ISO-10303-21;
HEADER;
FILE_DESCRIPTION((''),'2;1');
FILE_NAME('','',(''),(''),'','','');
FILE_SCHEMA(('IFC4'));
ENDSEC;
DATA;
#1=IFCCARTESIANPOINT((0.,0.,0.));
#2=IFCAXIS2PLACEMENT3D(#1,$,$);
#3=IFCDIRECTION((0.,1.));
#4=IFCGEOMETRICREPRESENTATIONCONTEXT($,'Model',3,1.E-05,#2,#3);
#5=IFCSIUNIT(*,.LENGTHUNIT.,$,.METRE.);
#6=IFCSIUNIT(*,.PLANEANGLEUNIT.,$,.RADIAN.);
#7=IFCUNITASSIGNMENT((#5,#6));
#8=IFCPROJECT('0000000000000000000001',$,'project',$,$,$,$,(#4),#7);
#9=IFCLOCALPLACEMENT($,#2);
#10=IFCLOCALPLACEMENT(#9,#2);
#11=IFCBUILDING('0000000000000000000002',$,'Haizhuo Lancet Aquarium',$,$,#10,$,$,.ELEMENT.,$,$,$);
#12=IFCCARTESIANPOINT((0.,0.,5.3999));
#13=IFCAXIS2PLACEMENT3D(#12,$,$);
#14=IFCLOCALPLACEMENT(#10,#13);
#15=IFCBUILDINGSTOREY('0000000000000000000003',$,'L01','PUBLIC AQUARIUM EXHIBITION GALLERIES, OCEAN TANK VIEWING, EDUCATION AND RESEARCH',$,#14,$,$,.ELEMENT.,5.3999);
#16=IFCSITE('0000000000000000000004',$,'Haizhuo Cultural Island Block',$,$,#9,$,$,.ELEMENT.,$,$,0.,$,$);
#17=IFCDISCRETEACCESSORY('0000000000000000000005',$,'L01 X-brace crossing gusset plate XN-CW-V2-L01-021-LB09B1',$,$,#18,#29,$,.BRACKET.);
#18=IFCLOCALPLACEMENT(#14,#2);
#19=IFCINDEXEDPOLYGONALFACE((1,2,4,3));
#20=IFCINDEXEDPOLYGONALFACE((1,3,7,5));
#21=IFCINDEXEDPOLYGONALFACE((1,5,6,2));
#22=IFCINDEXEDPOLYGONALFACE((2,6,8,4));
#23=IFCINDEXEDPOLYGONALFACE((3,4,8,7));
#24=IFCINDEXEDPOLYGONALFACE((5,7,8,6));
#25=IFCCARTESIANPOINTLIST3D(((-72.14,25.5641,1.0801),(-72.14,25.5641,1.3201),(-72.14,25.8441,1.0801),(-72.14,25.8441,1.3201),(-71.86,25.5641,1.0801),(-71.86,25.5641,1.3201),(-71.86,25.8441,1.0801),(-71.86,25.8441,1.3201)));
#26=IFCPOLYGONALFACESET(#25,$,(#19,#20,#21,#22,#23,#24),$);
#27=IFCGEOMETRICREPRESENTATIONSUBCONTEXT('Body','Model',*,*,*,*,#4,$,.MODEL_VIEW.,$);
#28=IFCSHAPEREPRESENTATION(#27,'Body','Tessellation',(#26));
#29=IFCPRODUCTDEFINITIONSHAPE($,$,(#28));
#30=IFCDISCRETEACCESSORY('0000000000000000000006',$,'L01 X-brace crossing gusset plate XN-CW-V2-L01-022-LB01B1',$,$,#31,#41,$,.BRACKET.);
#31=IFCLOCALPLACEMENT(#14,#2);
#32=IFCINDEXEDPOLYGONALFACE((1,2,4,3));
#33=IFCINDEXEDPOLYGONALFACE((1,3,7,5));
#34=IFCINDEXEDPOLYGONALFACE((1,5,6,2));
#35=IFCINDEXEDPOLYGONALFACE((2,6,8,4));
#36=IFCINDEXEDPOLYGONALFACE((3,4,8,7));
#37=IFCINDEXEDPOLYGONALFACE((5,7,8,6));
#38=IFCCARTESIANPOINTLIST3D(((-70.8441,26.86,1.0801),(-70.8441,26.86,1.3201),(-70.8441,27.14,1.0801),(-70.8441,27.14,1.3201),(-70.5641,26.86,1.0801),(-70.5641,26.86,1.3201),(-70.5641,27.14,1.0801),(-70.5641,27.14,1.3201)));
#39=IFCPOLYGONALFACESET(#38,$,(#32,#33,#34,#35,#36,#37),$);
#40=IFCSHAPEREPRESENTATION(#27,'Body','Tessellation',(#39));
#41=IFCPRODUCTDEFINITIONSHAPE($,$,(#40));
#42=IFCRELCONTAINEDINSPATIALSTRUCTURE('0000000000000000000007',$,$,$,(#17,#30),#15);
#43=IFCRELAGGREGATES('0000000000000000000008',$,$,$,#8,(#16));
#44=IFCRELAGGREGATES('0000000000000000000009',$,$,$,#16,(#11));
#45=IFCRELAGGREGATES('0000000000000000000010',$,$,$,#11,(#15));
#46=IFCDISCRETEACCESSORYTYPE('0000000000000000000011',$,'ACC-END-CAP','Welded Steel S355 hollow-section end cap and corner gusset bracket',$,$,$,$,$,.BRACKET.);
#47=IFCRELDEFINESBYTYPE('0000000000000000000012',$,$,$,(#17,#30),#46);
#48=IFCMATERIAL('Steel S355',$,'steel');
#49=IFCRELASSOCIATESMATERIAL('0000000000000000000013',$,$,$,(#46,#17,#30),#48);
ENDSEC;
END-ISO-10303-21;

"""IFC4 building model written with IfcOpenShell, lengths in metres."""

from ifc_helpers import new_model, si_unit, direction, frame, origin, origin_2d, place, context, subcontext, project, spatial, rectangle, extrude, material, type_object, element, save


model = new_model("IFC4")

# Units and contexts
model_context = context("Model", 3, precision=1e-05, world=origin(), true_north=direction((0.0, 1.0)))
body_context = subcontext(model_context, "Body", "Model", "MODEL_VIEW")
ifc_project = project(units=[si_unit("LENGTHUNIT", "METRE"), si_unit("PLANEANGLEUNIT", "RADIAN")], contexts=[model_context])

# Site, building, storey
site_placement = place(None, origin())
site = spatial("IfcSite", under=ifc_project, at=site_placement, Name="Haizhuo Cultural Island Block", CompositionType="ELEMENT", RefElevation=0.0)
building_placement = place(site_placement, origin())
building = spatial("IfcBuilding", under=site, at=building_placement, Name="Haizhuo Lancet Aquarium", CompositionType="ELEMENT")
storey_placement = place(building_placement, frame((0.0, 0.0, 5.3999)))
storey = spatial("IfcBuildingStorey", under=building, at=storey_placement, Name="L01", Description="PUBLIC AQUARIUM EXHIBITION GALLERIES, OCEAN TANK VIEWING, EDUCATION AND RESEARCH", CompositionType="ELEMENT", Elevation=5.3999)

# Shared definitions
ifc_material_1 = material(Name="Steel S355", Category="steel")

# Discrete accessories
discrete_accessory_type = type_object("IfcDiscreteAccessoryType", Name="ACC-END-CAP", Description="Welded Steel S355 hollow-section end cap and corner gusset bracket", PredefinedType="BRACKET", material=ifc_material_1)
for number, where, z_axis, x_axis, name in (
    (1, (-72.0, 25.7041, 1.0801), (0.0, 0.0, 1.0), (1.0, 0.0, 0.0), "L01 X-brace crossing gusset plate XN-CW-V2-L01-021-LB09B1"),
    (2, (-70.7041, 27.0, 1.0801), (0.0, 0.0, 1.0), (1.0, 0.0, 0.0), "L01 X-brace crossing gusset plate XN-CW-V2-L01-022-LB01B1"),
):
    element("IfcDiscreteAccessory", number, at=place(storey_placement, frame(where, z_axis=z_axis, x_axis=x_axis)), inside=storey, type_object=discrete_accessory_type, material=ifc_material_1, Name=name, PredefinedType="BRACKET", context=body_context, shape_type="SweptSolid", body=[
        extrude(rectangle(XDim=0.28, YDim=0.28, at=origin_2d()), origin(), (0.0, 0.0, 1.0), 0.24),
    ])

save(model, "model.ifc")
